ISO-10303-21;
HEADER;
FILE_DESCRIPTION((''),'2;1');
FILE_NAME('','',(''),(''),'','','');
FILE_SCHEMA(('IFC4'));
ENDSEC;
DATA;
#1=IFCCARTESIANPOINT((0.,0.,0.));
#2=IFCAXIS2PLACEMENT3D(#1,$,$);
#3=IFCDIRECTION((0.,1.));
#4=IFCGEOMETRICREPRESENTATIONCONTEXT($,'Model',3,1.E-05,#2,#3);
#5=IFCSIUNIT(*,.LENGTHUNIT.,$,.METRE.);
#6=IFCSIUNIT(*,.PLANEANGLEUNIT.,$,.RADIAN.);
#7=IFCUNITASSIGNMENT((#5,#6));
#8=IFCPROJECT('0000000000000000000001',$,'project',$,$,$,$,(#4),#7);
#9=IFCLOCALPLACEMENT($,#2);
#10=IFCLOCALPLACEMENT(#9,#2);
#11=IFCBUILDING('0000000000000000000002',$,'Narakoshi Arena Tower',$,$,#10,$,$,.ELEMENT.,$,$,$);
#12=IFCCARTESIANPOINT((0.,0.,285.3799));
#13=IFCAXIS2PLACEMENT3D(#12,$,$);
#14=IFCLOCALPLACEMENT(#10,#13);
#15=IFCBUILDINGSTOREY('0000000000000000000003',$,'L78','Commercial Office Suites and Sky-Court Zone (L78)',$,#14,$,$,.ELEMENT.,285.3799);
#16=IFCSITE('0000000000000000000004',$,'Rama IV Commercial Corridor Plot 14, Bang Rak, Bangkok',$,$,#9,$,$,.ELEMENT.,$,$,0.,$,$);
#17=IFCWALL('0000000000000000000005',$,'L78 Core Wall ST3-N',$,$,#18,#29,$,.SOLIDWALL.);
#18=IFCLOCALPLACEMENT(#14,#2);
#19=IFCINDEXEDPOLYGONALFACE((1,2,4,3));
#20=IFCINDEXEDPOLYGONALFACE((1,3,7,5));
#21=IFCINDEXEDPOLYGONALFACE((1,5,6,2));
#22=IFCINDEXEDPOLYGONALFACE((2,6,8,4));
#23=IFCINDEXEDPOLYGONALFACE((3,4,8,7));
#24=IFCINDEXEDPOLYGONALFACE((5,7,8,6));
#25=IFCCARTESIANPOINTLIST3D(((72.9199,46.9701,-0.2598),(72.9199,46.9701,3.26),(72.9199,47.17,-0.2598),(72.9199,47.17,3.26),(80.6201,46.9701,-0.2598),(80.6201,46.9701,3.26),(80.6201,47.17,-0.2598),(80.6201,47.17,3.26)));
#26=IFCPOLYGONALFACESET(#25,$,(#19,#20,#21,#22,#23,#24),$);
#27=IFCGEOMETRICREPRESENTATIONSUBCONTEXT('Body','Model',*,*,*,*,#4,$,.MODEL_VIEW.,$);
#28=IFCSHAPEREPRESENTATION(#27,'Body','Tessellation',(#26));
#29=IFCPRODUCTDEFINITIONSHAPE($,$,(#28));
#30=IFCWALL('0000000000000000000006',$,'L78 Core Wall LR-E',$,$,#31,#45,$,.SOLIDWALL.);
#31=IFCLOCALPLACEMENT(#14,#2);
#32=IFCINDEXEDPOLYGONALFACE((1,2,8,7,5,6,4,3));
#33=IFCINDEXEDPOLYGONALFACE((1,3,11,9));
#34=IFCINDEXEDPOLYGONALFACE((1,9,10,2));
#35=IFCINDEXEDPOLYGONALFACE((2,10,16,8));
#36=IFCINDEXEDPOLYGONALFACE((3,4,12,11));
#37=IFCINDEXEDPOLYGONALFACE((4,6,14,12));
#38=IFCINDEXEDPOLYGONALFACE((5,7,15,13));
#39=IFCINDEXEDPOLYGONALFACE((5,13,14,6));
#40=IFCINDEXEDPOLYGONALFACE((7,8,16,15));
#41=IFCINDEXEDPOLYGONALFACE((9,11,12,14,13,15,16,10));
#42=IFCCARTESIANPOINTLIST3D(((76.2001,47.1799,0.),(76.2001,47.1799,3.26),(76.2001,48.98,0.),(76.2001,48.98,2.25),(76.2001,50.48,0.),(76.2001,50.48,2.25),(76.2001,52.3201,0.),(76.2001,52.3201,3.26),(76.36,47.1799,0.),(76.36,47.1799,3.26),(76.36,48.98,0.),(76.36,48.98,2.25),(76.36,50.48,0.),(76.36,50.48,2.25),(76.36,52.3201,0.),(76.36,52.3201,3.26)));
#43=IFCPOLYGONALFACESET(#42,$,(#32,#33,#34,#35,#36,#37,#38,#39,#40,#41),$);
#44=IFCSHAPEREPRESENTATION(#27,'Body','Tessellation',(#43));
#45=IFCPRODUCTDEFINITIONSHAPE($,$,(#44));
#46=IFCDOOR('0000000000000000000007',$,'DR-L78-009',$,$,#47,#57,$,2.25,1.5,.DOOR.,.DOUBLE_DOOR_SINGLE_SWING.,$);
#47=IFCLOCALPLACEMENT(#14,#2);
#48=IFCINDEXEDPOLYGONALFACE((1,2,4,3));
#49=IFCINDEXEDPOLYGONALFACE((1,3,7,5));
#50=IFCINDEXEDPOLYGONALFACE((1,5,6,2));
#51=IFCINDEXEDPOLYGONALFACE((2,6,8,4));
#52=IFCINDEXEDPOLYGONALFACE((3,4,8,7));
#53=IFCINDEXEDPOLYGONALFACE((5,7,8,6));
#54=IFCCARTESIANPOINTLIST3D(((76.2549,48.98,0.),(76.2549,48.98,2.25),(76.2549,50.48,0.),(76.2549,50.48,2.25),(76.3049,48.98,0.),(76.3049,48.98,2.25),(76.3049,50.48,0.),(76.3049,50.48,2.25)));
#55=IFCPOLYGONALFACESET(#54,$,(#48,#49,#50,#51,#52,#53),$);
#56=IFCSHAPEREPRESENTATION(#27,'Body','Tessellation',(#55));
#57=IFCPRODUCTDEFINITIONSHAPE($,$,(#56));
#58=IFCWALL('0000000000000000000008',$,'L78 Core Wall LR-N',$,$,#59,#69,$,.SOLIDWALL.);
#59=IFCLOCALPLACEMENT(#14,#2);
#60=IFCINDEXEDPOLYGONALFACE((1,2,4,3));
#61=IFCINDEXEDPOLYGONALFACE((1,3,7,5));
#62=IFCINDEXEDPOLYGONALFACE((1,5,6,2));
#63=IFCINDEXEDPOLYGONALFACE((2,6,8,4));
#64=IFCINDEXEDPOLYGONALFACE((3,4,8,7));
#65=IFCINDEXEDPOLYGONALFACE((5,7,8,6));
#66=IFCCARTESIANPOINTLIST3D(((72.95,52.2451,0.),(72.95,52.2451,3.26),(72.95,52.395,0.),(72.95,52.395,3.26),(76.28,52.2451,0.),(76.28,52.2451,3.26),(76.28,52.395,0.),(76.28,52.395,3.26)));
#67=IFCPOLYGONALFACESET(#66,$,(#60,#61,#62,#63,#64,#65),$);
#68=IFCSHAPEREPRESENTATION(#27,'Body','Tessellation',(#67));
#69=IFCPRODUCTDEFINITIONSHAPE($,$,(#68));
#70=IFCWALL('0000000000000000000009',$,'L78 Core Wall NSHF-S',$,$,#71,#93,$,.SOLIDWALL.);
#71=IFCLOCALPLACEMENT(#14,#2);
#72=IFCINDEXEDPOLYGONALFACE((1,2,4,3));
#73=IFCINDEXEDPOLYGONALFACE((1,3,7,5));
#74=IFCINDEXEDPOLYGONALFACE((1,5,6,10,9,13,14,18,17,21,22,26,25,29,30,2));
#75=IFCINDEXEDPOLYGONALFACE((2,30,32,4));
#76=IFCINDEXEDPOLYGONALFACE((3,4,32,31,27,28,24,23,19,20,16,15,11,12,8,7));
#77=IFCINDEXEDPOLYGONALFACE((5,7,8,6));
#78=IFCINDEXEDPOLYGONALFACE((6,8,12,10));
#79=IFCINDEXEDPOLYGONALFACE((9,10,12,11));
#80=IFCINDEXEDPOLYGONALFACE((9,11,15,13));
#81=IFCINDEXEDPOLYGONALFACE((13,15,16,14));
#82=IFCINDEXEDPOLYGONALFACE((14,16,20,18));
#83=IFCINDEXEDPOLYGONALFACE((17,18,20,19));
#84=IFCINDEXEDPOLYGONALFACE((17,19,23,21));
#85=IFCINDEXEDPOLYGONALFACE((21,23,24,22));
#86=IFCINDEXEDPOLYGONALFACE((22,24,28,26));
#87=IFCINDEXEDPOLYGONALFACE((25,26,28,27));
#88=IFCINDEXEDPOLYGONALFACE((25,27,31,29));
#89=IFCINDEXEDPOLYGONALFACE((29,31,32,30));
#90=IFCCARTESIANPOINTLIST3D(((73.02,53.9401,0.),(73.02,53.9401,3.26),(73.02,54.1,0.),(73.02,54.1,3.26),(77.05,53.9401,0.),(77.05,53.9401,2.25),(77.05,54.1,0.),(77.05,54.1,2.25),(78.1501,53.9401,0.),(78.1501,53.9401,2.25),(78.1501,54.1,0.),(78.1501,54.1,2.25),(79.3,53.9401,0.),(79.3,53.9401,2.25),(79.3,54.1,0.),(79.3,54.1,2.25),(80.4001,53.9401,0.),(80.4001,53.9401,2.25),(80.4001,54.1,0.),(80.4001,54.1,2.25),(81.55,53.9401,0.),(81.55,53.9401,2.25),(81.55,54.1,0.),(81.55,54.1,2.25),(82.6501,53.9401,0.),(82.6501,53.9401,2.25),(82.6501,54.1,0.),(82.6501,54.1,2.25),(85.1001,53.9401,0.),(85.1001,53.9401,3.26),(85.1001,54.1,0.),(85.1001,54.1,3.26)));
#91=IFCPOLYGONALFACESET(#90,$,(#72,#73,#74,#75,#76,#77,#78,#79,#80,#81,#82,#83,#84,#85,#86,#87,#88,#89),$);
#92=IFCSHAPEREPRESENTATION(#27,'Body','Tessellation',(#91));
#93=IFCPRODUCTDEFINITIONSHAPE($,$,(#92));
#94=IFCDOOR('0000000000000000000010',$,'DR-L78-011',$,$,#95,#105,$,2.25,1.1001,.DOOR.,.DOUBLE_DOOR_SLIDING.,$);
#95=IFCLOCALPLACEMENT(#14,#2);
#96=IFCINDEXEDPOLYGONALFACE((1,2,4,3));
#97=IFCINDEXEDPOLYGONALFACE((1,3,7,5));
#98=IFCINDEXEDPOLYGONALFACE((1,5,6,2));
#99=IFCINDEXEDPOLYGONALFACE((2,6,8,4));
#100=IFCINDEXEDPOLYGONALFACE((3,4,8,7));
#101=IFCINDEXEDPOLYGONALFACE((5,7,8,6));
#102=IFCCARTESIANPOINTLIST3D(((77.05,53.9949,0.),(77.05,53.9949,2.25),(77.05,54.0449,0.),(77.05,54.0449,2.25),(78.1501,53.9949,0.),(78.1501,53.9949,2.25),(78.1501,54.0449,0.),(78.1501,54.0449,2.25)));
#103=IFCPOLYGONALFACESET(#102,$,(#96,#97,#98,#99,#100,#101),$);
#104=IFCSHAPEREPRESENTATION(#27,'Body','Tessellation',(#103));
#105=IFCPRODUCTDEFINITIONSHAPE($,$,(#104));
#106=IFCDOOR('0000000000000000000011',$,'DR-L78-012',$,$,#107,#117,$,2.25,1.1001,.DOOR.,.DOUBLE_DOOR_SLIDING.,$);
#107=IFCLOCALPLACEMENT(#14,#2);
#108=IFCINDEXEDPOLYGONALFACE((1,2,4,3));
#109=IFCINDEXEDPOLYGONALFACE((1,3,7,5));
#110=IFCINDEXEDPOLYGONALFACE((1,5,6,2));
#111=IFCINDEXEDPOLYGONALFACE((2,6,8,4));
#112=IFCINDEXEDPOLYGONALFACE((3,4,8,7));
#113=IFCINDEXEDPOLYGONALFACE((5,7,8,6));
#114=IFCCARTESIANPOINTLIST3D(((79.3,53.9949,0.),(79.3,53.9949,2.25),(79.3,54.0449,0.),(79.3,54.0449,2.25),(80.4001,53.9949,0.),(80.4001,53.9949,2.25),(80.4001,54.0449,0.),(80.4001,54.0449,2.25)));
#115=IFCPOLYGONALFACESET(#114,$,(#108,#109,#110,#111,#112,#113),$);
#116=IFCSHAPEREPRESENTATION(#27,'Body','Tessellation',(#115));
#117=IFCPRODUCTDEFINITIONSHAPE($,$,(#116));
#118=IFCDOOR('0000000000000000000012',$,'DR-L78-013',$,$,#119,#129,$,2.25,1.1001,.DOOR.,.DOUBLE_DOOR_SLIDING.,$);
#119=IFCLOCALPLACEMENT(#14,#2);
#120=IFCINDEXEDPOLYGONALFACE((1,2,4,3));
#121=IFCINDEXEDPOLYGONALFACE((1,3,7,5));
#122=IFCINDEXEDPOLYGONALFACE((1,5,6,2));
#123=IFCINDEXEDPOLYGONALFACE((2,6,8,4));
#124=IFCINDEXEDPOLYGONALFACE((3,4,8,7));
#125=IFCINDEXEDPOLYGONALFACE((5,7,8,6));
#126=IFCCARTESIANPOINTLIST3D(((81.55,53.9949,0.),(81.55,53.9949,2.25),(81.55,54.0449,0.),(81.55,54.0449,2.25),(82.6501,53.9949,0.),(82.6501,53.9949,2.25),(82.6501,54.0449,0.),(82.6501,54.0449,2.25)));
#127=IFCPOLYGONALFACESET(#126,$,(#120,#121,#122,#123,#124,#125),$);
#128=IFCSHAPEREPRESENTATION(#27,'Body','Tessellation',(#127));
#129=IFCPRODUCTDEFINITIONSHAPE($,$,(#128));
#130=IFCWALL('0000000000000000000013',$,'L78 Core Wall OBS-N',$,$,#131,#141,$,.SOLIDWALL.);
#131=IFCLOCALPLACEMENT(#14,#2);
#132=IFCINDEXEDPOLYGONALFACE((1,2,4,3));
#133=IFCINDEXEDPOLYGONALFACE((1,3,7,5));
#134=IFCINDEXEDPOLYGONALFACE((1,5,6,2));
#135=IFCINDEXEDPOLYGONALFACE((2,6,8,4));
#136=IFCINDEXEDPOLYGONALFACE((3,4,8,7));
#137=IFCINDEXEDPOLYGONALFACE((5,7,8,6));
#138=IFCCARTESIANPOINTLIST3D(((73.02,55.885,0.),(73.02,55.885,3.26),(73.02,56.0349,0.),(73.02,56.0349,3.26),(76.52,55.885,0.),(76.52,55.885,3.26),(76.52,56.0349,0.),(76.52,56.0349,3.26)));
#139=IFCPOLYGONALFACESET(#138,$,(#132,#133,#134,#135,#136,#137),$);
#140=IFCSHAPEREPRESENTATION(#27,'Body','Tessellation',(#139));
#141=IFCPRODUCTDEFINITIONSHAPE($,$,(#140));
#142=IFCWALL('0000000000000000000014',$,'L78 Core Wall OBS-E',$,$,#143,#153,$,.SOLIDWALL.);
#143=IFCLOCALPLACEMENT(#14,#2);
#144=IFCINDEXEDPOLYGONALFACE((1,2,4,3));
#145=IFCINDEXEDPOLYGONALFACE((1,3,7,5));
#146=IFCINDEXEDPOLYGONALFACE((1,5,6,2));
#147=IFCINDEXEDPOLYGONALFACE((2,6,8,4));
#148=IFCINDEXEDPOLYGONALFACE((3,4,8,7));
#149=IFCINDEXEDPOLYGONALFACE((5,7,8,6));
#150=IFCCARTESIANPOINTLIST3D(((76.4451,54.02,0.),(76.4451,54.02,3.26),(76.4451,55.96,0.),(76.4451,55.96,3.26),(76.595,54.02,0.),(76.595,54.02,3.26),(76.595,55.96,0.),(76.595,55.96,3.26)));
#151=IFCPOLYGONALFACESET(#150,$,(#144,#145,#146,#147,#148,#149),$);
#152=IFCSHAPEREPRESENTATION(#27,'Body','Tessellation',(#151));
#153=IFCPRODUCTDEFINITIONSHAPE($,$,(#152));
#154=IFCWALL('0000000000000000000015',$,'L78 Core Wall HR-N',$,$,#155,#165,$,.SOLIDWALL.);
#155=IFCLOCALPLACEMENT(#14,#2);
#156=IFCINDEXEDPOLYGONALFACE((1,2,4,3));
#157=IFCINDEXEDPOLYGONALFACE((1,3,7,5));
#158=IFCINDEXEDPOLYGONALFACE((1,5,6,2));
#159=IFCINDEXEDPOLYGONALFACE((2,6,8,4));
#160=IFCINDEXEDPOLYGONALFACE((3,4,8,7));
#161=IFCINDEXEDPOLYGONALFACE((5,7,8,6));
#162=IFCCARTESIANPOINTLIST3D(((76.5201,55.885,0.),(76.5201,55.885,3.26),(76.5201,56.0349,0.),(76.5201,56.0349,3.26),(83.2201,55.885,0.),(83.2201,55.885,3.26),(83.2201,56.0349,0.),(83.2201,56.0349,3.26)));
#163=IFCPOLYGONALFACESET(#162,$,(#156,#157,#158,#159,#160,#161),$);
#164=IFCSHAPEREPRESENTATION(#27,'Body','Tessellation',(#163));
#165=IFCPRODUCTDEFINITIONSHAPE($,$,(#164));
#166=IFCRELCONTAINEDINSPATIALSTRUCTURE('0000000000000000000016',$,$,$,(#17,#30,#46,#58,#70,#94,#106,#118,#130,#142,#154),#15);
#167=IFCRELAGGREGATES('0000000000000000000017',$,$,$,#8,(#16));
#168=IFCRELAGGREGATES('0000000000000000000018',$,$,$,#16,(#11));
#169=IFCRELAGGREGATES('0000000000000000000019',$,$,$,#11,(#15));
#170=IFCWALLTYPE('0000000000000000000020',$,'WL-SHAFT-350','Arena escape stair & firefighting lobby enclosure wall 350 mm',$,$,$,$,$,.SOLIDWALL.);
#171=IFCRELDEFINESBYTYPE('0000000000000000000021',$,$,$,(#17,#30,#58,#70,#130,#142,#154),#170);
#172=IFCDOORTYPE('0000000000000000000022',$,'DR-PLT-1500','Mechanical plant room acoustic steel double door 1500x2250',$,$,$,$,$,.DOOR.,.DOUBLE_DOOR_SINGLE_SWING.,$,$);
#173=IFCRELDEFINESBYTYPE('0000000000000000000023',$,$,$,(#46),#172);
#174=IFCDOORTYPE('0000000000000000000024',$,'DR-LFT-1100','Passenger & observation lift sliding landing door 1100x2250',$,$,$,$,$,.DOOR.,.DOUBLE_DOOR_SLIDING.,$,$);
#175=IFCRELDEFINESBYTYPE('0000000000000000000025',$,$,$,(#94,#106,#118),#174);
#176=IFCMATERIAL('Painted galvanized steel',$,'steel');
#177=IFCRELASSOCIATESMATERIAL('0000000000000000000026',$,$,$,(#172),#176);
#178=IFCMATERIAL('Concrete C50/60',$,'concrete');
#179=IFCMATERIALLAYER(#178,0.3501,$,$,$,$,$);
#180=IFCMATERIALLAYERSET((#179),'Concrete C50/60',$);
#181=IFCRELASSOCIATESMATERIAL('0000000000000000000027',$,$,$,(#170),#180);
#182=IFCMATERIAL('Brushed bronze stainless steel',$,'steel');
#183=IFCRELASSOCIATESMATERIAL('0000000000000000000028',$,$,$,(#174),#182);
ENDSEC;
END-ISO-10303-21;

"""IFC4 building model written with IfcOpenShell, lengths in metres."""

from ifc_helpers import new_model, si_unit, direction, frame, frame_2d, origin, place, context, subcontext, project, spatial, rectangle, extrude, material, layer, layer_set, type_object, element, fill, save


model = new_model("IFC4")

# Units and contexts
model_context = context("Model", 3, precision=1e-05, world=origin(), true_north=direction((0.0, 1.0)))
body_context = subcontext(model_context, "Body", "Model", "MODEL_VIEW")
ifc_project = project(units=[si_unit("LENGTHUNIT", "METRE"), si_unit("PLANEANGLEUNIT", "RADIAN")], contexts=[model_context])

# Site, building, storey
site_placement = place(None, origin())
site = spatial("IfcSite", under=ifc_project, at=site_placement, Name="Rama IV Commercial Corridor Plot 14, Bang Rak, Bangkok", CompositionType="ELEMENT", RefElevation=0.0)
building_placement = place(site_placement, origin())
building = spatial("IfcBuilding", under=site, at=building_placement, Name="Narakoshi Arena Tower", CompositionType="ELEMENT")
storey_placement = place(building_placement, frame((0.0, 0.0, 285.3799)))
storey = spatial("IfcBuildingStorey", under=building, at=storey_placement, Name="L78", Description="Commercial Office Suites and Sky-Court Zone (L78)", CompositionType="ELEMENT", Elevation=285.3799)

# Shared definitions
ifc_material_1 = material(Name="Painted galvanized steel", Category="steel")
door_type_1 = type_object("IfcDoorType", Name="DR-PLT-1500", Description="Mechanical plant room acoustic steel double door 1500x2250", OperationType="DOUBLE_DOOR_SINGLE_SWING", PredefinedType="DOOR", material=ifc_material_1)

# Wall
ifc_material_2 = material(Name="Concrete C50/60", Category="concrete")
ifc_layer_1 = layer(ifc_material_2, 0.3501)
ifc_layer_set_1 = layer_set([ifc_layer_1], Name="Concrete C50/60")
wall_type_1 = type_object("IfcWallType", Name="WL-SHAFT-350", Description="Arena escape stair & firefighting lobby enclosure wall 350 mm", PredefinedType="SOLIDWALL", material=ifc_layer_set_1)
wall_1_placement = place(storey_placement, frame((72.9199, 47.0701, -0.2598), z_axis=(0.0, 0.0, 1.0), x_axis=(1.0, 0.0, 0.0)))
element("IfcWall", 1, at=wall_1_placement, inside=storey, type_object=wall_type_1, Name="L78 Core Wall ST3-N", PredefinedType="SOLIDWALL", context=body_context, shape_type="SweptSolid", body=[
    extrude(rectangle(XDim=7.7002, YDim=0.2, at=frame_2d((3.8501, 0.0))), origin(), (0.0, 0.0, 1.0), 3.5198),
])

# Wall, opening, door
wall_2_placement = place(storey_placement, frame((76.28, 47.1799, 0.0), z_axis=(0.0, 0.0, 1.0), x_axis=(0.0, 1.0, 0.0)))
wall_2 = element("IfcWall", 2, at=wall_2_placement, inside=storey, type_object=wall_type_1, Name="L78 Core Wall LR-E", PredefinedType="SOLIDWALL", context=body_context, shape_type="SweptSolid", body=[
    extrude(rectangle(XDim=5.1401, YDim=0.1599, at=frame_2d((2.5701, 0.0))), origin(), (0.0, 0.0, 1.0), 3.26),
])
opening_1_placement = place(wall_2_placement, frame((1.8, 0.0, 0.0)))
opening_1 = element("IfcOpeningElement", 3, at=opening_1_placement, cuts=wall_2, PredefinedType="OPENING", context=body_context, shape_type="SweptSolid", body=[
    extrude(rectangle(XDim=1.5, YDim=2.25, at=frame_2d((0.75, 1.125))), frame((0.0, 0.0898, 0.0), z_axis=(0.0, -1.0, 0.0), x_axis=(1.0, 0.0, 0.0)), (0.0, 0.0, 1.0), 0.1799),
])
door_1_placement = place(opening_1_placement, frame((1.5, 0.0, 0.0), z_axis=(0.0, 0.0, 1.0), x_axis=(-1.0, 0.0, 0.0)))
door_1 = element("IfcDoor", 4, at=door_1_placement, inside=storey, type_object=door_type_1, Name="DR-L78-009", OperationType="DOUBLE_DOOR_SINGLE_SWING", OverallHeight=2.25, OverallWidth=1.5, PredefinedType="DOOR", context=body_context, shape_type="SweptSolid", body=[
    extrude(rectangle(XDim=1.5, YDim=2.25, at=frame_2d((0.75, 1.125))), frame((0.0, 0.0249, 0.0), z_axis=(0.0, -1.0, 0.0), x_axis=(1.0, 0.0, 0.0)), (0.0, 0.0, 1.0), 0.05),
])
fill(opening_1, door_1)

# Wall
wall_3_placement = place(storey_placement, frame((72.95, 52.3201, 0.0), z_axis=(0.0, 0.0, 1.0), x_axis=(1.0, 0.0, 0.0)))
element("IfcWall", 5, at=wall_3_placement, inside=storey, type_object=wall_type_1, Name="L78 Core Wall LR-N", PredefinedType="SOLIDWALL", context=body_context, shape_type="SweptSolid", body=[
    extrude(rectangle(XDim=3.3301, YDim=0.1499, at=frame_2d((1.665, 0.0))), origin(), (0.0, 0.0, 1.0), 3.26),
])

# Wall, openings, doors
wall_4_placement = place(storey_placement, frame((73.02, 54.02, 0.0), z_axis=(0.0, 0.0, 1.0), x_axis=(1.0, 0.0, 0.0)))
wall_4 = element("IfcWall", 6, at=wall_4_placement, inside=storey, type_object=wall_type_1, Name="L78 Core Wall NSHF-S", PredefinedType="SOLIDWALL", context=body_context, shape_type="SweptSolid", body=[
    extrude(rectangle(XDim=12.0801, YDim=0.1599, at=frame_2d((6.04, 0.0))), origin(), (0.0, 0.0, 1.0), 3.26),
])
opening_2_placement = place(wall_4_placement, frame((4.03, 0.0, 0.0)))
opening_2 = element("IfcOpeningElement", 7, at=opening_2_placement, cuts=wall_4, PredefinedType="OPENING", context=body_context, shape_type="SweptSolid", body=[
    extrude(rectangle(XDim=1.1001, YDim=2.25, at=frame_2d((0.55, 1.125))), frame((0.0, 0.0898, 0.0), z_axis=(0.0, -1.0, 0.0), x_axis=(1.0, 0.0, 0.0)), (0.0, 0.0, 1.0), 0.1799),
])
opening_3_placement = place(wall_4_placement, frame((6.28, 0.0, 0.0)))
opening_3 = element("IfcOpeningElement", 8, at=opening_3_placement, cuts=wall_4, PredefinedType="OPENING", context=body_context, shape_type="SweptSolid", body=[
    extrude(rectangle(XDim=1.1001, YDim=2.25, at=frame_2d((0.55, 1.125))), frame((0.0, 0.0898, 0.0), z_axis=(0.0, -1.0, 0.0), x_axis=(1.0, 0.0, 0.0)), (0.0, 0.0, 1.0), 0.1799),
])
opening_4_placement = place(wall_4_placement, frame((8.53, 0.0, 0.0)))
opening_4 = element("IfcOpeningElement", 9, at=opening_4_placement, cuts=wall_4, PredefinedType="OPENING", context=body_context, shape_type="SweptSolid", body=[
    extrude(rectangle(XDim=1.1001, YDim=2.25, at=frame_2d((0.55, 1.125))), frame((0.0, 0.0898, 0.0), z_axis=(0.0, -1.0, 0.0), x_axis=(1.0, 0.0, 0.0)), (0.0, 0.0, 1.0), 0.1799),
])
ifc_material_3 = material(Name="Brushed bronze stainless steel", Category="steel")
door_type_2 = type_object("IfcDoorType", Name="DR-LFT-1100", Description="Passenger & observation lift sliding landing door 1100x2250", OperationType="DOUBLE_DOOR_SLIDING", PredefinedType="DOOR", material=ifc_material_3)
door_2_placement = place(opening_2_placement, origin())
door_2 = element("IfcDoor", 10, at=door_2_placement, inside=storey, type_object=door_type_2, Name="DR-L78-011", OperationType="DOUBLE_DOOR_SLIDING", OverallHeight=2.25, OverallWidth=1.1001, PredefinedType="DOOR", context=body_context, shape_type="SweptSolid", body=[
    extrude(rectangle(XDim=1.1001, YDim=2.25, at=frame_2d((0.55, 1.125))), frame((0.0, 0.0249, 0.0), z_axis=(0.0, -1.0, 0.0), x_axis=(1.0, 0.0, 0.0)), (0.0, 0.0, 1.0), 0.05),
])
fill(opening_2, door_2)
door_3_placement = place(opening_3_placement, origin())
door_3 = element("IfcDoor", 11, at=door_3_placement, inside=storey, type_object=door_type_2, Name="DR-L78-012", OperationType="DOUBLE_DOOR_SLIDING", OverallHeight=2.25, OverallWidth=1.1001, PredefinedType="DOOR", context=body_context, shape_type="SweptSolid", body=[
    extrude(rectangle(XDim=1.1001, YDim=2.25, at=frame_2d((0.55, 1.125))), frame((0.0, 0.0249, 0.0), z_axis=(0.0, -1.0, 0.0), x_axis=(1.0, 0.0, 0.0)), (0.0, 0.0, 1.0), 0.05),
])
fill(opening_3, door_3)
door_4_placement = place(opening_4_placement, origin())
door_4 = element("IfcDoor", 12, at=door_4_placement, inside=storey, type_object=door_type_2, Name="DR-L78-013", OperationType="DOUBLE_DOOR_SLIDING", OverallHeight=2.25, OverallWidth=1.1001, PredefinedType="DOOR", context=body_context, shape_type="SweptSolid", body=[
    extrude(rectangle(XDim=1.1001, YDim=2.25, at=frame_2d((0.55, 1.125))), frame((0.0, 0.0249, 0.0), z_axis=(0.0, -1.0, 0.0), x_axis=(1.0, 0.0, 0.0)), (0.0, 0.0, 1.0), 0.05),
])
fill(opening_4, door_4)

# Walls
wall_5_placement = place(storey_placement, frame((73.02, 55.96, 0.0), z_axis=(0.0, 0.0, 1.0), x_axis=(1.0, 0.0, 0.0)))
element("IfcWall", 13, at=wall_5_placement, inside=storey, type_object=wall_type_1, Name="L78 Core Wall OBS-N", PredefinedType="SOLIDWALL", context=body_context, shape_type="SweptSolid", body=[
    extrude(rectangle(XDim=3.5, YDim=0.1499, at=frame_2d((1.75, 0.0))), origin(), (0.0, 0.0, 1.0), 3.26),
])
wall_6_placement = place(storey_placement, frame((76.52, 54.02, 0.0), z_axis=(0.0, 0.0, 1.0), x_axis=(0.0, 1.0, 0.0)))
element("IfcWall", 14, at=wall_6_placement, inside=storey, type_object=wall_type_1, Name="L78 Core Wall OBS-E", PredefinedType="SOLIDWALL", context=body_context, shape_type="SweptSolid", body=[
    extrude(rectangle(XDim=1.9399, YDim=0.1499, at=frame_2d((0.97, 0.0))), origin(), (0.0, 0.0, 1.0), 3.26),
])
wall_7_placement = place(storey_placement, frame((76.52, 55.96, 0.0), z_axis=(0.0, 0.0, 1.0), x_axis=(1.0, 0.0, 0.0)))
element("IfcWall", 15, at=wall_7_placement, inside=storey, type_object=wall_type_1, Name="L78 Core Wall HR-N", PredefinedType="SOLIDWALL", context=body_context, shape_type="SweptSolid", body=[
    extrude(rectangle(XDim=6.7, YDim=0.1499, at=frame_2d((3.3501, 0.0))), origin(), (0.0, 0.0, 1.0), 3.26),
])

save(model, "model.ifc")
